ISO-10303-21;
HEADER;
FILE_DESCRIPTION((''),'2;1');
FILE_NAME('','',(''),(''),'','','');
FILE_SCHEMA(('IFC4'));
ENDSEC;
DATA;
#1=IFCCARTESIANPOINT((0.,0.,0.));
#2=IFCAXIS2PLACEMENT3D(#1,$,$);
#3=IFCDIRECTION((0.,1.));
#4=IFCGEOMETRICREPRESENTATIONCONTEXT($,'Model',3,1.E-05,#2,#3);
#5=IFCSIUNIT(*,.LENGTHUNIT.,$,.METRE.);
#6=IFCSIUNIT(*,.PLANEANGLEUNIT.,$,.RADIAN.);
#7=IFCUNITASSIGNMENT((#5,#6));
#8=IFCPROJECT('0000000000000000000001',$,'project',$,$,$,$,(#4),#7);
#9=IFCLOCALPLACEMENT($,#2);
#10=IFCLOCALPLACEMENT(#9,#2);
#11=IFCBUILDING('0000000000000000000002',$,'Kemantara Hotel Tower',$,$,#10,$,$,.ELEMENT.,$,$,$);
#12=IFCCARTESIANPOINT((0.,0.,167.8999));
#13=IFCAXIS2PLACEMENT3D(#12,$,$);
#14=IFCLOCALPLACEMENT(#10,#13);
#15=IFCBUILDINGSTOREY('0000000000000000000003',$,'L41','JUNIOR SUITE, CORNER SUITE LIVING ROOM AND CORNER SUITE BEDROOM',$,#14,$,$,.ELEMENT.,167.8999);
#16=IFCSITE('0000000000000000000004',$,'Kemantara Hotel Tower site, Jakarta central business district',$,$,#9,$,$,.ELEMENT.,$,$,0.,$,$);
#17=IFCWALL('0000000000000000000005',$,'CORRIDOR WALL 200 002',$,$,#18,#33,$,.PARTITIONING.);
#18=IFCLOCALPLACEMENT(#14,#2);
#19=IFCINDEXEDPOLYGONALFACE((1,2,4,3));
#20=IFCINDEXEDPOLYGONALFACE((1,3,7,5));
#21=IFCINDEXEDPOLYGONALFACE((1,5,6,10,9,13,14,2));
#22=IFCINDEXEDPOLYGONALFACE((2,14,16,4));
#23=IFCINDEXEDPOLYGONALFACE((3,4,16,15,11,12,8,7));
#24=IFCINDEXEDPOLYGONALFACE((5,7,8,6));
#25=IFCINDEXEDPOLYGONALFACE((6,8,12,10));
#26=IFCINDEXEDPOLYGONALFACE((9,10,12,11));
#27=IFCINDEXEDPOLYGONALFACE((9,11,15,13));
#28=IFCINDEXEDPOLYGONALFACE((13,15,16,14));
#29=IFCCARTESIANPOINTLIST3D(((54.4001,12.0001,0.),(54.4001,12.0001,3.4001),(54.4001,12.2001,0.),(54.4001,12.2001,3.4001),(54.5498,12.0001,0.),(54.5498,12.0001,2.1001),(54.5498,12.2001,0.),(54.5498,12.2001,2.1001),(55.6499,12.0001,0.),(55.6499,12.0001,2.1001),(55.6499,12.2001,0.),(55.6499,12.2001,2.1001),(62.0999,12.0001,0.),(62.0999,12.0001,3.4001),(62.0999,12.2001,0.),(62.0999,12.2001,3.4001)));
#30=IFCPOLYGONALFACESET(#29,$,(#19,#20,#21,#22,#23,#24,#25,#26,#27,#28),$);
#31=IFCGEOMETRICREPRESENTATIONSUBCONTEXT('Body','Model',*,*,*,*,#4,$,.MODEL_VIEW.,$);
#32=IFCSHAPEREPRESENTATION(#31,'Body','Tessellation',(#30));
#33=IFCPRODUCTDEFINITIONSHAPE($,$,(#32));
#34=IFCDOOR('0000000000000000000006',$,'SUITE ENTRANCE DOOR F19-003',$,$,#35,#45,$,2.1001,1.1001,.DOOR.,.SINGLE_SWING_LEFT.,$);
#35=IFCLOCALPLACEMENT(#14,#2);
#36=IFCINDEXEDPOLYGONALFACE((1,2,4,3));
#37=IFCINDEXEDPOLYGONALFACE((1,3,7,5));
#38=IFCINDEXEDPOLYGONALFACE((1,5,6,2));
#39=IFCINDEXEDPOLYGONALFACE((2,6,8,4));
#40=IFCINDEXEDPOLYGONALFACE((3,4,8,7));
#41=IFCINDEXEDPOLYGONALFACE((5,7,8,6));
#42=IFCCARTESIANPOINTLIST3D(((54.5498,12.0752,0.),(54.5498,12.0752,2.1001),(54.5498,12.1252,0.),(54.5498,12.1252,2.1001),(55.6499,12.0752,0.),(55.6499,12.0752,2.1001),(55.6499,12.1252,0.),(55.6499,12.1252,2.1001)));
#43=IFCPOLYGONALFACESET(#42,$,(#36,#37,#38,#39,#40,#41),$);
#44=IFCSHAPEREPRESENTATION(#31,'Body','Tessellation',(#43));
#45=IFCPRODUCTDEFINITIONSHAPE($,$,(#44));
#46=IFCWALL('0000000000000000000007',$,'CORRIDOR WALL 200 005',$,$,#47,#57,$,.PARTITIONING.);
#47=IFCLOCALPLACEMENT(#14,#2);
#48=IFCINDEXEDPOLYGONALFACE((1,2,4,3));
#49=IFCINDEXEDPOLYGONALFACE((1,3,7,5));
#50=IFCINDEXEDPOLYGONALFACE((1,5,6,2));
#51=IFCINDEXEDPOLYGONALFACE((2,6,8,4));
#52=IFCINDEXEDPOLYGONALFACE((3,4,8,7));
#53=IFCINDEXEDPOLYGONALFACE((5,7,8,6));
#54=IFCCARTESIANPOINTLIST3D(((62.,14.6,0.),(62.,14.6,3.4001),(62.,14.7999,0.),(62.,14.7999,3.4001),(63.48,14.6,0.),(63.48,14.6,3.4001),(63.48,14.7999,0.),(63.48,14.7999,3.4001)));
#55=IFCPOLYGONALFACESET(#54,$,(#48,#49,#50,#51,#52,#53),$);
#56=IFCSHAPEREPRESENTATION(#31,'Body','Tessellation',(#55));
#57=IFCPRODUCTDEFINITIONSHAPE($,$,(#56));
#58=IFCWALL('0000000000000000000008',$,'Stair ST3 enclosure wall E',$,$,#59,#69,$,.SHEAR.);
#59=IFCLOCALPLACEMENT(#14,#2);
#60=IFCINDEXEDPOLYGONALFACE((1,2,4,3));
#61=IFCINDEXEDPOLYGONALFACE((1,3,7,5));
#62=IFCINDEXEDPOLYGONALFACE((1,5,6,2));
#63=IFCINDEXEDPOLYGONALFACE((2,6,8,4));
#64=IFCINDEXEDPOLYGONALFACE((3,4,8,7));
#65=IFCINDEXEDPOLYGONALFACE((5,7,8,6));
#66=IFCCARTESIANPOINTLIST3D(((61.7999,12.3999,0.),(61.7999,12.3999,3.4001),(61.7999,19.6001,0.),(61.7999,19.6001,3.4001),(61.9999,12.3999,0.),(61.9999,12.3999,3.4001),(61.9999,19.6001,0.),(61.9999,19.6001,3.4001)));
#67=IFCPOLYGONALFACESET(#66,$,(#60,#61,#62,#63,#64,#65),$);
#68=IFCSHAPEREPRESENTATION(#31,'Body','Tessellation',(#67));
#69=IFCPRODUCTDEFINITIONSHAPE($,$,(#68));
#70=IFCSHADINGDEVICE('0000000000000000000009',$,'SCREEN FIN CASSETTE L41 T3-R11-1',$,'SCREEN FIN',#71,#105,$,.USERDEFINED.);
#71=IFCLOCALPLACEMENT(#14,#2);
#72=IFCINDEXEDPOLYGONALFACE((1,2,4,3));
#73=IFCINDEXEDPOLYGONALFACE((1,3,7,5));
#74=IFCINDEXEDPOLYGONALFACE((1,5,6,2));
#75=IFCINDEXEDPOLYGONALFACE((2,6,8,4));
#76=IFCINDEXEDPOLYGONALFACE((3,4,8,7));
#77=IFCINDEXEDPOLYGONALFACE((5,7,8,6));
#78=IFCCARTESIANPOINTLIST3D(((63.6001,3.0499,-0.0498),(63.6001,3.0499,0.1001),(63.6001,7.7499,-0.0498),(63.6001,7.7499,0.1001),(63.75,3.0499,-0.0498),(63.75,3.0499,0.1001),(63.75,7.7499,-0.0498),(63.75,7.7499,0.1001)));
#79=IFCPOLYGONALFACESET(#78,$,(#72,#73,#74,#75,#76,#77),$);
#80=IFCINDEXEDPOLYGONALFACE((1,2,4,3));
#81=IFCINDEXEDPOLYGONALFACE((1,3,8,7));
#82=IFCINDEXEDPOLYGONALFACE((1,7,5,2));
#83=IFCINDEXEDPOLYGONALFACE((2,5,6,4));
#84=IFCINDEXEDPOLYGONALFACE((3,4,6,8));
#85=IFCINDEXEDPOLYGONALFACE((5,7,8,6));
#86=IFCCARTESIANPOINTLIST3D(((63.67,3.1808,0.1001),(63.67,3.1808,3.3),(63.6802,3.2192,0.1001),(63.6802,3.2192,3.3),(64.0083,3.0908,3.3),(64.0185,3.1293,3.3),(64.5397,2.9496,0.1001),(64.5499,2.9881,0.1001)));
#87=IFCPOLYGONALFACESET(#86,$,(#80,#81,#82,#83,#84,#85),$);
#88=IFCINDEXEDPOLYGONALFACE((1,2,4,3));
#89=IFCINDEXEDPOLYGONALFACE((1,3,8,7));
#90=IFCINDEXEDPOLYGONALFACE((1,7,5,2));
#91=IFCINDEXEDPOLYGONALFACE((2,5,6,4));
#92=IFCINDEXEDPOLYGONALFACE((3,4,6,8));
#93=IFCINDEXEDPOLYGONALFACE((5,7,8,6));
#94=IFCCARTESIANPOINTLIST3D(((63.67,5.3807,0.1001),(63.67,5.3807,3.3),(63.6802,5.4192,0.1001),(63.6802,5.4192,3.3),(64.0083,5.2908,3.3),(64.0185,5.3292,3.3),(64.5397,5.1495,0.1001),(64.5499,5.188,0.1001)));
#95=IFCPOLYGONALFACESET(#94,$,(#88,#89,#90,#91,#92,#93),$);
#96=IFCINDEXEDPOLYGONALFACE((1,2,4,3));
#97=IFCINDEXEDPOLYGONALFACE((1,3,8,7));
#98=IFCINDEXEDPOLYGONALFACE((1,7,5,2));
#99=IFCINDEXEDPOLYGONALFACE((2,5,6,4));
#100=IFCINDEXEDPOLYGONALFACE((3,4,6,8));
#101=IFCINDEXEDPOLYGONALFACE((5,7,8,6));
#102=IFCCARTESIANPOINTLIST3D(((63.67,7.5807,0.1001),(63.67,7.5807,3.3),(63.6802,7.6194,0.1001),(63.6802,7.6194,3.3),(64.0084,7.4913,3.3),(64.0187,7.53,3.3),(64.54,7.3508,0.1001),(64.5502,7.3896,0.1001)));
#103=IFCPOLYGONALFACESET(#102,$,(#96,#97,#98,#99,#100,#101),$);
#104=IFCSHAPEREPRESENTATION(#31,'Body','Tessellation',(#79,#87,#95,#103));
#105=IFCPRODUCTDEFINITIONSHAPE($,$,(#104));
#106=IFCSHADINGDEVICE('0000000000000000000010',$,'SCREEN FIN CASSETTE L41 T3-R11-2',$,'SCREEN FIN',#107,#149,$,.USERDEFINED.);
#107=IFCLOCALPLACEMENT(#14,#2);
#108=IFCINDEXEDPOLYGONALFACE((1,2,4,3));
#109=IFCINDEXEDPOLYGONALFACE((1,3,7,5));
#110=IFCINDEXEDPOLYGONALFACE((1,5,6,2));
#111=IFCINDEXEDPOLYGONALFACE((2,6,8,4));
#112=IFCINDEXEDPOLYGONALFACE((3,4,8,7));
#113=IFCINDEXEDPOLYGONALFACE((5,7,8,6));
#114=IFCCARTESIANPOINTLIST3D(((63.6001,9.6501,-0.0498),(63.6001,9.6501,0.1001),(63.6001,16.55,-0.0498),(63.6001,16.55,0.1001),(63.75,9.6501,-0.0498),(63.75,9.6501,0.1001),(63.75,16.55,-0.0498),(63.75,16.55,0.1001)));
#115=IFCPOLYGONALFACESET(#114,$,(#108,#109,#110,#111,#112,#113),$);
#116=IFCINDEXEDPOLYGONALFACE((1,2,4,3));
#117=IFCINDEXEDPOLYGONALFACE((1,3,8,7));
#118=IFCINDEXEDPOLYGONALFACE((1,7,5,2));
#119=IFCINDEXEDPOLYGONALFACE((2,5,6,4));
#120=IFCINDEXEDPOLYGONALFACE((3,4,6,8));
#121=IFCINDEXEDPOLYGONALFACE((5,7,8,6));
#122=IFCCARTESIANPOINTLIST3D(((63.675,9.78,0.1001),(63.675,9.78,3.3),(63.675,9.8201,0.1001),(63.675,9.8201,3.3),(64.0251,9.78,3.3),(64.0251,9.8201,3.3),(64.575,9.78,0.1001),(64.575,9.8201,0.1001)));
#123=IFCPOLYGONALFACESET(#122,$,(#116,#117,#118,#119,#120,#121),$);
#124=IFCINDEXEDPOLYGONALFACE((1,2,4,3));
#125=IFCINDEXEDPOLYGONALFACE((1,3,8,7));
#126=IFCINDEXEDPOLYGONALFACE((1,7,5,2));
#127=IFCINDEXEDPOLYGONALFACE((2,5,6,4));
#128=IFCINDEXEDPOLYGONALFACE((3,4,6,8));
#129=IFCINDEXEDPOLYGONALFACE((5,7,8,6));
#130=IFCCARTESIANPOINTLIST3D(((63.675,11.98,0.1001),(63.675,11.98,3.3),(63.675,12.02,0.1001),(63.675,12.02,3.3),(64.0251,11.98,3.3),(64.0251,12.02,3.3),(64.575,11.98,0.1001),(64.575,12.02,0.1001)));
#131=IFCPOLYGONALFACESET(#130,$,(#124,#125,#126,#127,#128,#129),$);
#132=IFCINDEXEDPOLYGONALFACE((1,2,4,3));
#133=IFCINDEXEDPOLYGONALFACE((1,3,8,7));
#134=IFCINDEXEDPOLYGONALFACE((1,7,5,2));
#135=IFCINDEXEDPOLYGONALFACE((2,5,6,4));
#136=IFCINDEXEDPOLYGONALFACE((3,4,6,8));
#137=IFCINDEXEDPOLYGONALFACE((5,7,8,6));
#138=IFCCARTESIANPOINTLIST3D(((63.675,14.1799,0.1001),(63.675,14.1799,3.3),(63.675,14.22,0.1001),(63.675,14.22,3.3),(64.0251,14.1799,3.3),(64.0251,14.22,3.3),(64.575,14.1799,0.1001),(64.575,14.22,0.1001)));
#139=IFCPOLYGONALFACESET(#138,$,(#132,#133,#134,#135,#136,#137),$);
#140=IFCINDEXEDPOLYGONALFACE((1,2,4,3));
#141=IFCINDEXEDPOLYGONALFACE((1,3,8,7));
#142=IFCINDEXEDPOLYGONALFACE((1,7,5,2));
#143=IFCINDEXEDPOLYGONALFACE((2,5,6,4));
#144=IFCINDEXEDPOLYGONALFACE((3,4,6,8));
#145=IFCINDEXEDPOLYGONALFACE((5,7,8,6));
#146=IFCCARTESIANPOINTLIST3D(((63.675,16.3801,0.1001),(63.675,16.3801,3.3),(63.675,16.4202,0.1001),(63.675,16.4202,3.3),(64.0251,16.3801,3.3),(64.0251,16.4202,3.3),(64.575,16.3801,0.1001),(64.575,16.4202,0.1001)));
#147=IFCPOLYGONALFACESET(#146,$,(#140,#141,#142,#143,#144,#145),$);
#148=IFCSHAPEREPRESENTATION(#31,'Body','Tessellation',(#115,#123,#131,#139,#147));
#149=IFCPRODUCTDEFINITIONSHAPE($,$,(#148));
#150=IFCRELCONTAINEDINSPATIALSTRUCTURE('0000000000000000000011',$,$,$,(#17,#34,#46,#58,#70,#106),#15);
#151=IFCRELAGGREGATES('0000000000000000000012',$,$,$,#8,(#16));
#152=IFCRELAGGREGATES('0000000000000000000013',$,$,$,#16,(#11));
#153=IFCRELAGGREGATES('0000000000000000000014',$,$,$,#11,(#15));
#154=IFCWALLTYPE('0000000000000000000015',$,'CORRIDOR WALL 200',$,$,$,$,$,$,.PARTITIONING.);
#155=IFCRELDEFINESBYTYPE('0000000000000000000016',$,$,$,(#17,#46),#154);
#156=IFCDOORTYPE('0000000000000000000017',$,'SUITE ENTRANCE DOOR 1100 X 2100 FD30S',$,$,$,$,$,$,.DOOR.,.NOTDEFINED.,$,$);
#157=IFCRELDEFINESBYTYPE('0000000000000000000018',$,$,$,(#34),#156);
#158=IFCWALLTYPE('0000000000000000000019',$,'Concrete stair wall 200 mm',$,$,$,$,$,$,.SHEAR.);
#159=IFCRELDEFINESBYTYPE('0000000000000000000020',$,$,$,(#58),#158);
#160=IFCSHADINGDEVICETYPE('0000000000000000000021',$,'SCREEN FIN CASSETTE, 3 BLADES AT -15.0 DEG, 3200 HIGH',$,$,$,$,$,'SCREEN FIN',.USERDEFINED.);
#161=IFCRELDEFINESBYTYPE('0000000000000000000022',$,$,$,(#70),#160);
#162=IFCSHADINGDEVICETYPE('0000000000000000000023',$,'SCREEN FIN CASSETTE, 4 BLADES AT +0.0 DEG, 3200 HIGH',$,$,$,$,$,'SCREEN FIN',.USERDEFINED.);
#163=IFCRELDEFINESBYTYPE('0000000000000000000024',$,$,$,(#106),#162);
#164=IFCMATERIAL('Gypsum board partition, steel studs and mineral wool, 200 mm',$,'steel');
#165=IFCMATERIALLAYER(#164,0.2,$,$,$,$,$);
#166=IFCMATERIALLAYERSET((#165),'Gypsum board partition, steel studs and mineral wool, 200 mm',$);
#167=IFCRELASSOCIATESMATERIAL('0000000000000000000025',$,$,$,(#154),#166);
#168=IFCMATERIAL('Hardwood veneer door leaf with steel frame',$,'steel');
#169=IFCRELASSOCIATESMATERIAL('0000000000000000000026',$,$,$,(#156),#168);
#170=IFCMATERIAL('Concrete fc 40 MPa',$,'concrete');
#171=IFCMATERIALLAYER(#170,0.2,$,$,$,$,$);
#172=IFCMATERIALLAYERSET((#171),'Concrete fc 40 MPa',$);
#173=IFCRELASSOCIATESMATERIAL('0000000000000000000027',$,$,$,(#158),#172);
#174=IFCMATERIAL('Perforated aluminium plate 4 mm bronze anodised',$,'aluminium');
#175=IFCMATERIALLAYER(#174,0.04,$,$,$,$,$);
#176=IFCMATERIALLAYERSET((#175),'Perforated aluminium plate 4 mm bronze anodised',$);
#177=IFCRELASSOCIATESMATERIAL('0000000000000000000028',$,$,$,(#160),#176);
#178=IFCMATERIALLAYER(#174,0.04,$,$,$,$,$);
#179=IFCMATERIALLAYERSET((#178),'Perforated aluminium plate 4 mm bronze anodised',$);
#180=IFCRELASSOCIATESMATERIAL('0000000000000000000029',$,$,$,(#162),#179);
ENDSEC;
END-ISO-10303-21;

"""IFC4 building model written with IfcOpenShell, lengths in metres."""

from ifc_helpers import new_model, si_unit, direction, frame, frame_2d, origin, origin_2d, place, context, subcontext, project, spatial, polyline, rectangle, outline, extrude, source, transform, mapped, material, layer, layer_set, type_object, element, fill, save


model = new_model("IFC4")

# Units and contexts
model_context = context("Model", 3, precision=1e-05, world=origin(), true_north=direction((0.0, 1.0)))
body_context = subcontext(model_context, "Body", "Model", "MODEL_VIEW")
ifc_project = project(units=[si_unit("LENGTHUNIT", "METRE"), si_unit("PLANEANGLEUNIT", "RADIAN")], contexts=[model_context])

# Site, building, storey
site_placement = place(None, origin())
site = spatial("IfcSite", under=ifc_project, at=site_placement, Name="Kemantara Hotel Tower site, Jakarta central business district", CompositionType="ELEMENT", RefElevation=0.0)
building_placement = place(site_placement, origin())
building = spatial("IfcBuilding", under=site, at=building_placement, Name="Kemantara Hotel Tower", CompositionType="ELEMENT")
storey_placement = place(building_placement, frame((0.0, 0.0, 167.8999)))
storey = spatial("IfcBuildingStorey", under=building, at=storey_placement, Name="L41", Description="JUNIOR SUITE, CORNER SUITE LIVING ROOM AND CORNER SUITE BEDROOM", CompositionType="ELEMENT", Elevation=167.8999)

# Wall, opening, door
ifc_material_1 = material(Name="Gypsum board partition, steel studs and mineral wool, 200 mm", Category="steel")
ifc_layer_1 = layer(ifc_material_1, 0.2)
ifc_layer_set_1 = layer_set([ifc_layer_1], Name="Gypsum board partition, steel studs and mineral wool, 200 mm")
wall_type_1 = type_object("IfcWallType", Name="CORRIDOR WALL 200", PredefinedType="PARTITIONING", material=ifc_layer_set_1)
wall_1_placement = place(storey_placement, frame((62.0999, 12.1001, 0.0), z_axis=(0.0, 0.0, 1.0), x_axis=(-1.0, 0.0, 0.0)))
wall_1 = element("IfcWall", 1, at=wall_1_placement, inside=storey, type_object=wall_type_1, Name="CORRIDOR WALL 200 002", PredefinedType="PARTITIONING", context=body_context, shape_type="SweptSolid", body=[
    extrude(rectangle(XDim=7.6997, YDim=0.2, at=frame_2d((3.8499, 0.0))), origin(), (0.0, 0.0, 1.0), 3.4001),
])
opening_placement = place(wall_1_placement, frame((6.45, 0.0, 0.0)))
opening = element("IfcOpeningElement", 2, at=opening_placement, cuts=wall_1, PredefinedType="OPENING", context=body_context, shape_type="SweptSolid", body=[
    extrude(rectangle(XDim=1.1001, YDim=2.1001, at=frame_2d((0.55, 1.05))), frame((0.0, 0.1099, 0.0), z_axis=(0.0, -1.0, 0.0), x_axis=(1.0, 0.0, 0.0)), (0.0, 0.0, 1.0), 0.22),
])
ifc_material_2 = material(Name="Hardwood veneer door leaf with steel frame", Category="steel")
door_type = type_object("IfcDoorType", Name="SUITE ENTRANCE DOOR 1100 X 2100 FD30S", OperationType="NOTDEFINED", PredefinedType="DOOR", material=ifc_material_2)
door_placement = place(opening_placement, origin())
door = element("IfcDoor", 3, at=door_placement, inside=storey, type_object=door_type, Name="SUITE ENTRANCE DOOR F19-003", OperationType="SINGLE_SWING_LEFT", OverallHeight=2.1001, OverallWidth=1.1001, PredefinedType="DOOR", context=body_context, shape_type="SweptSolid", body=[
    extrude(rectangle(XDim=1.1001, YDim=2.1001, at=frame_2d((0.55, 1.05))), frame((0.0, 0.0249, 0.0), z_axis=(0.0, -1.0, 0.0), x_axis=(1.0, 0.0, 0.0)), (0.0, 0.0, 1.0), 0.05),
])
fill(opening, door)

# Walls
wall_2_placement = place(storey_placement, frame((62.0, 14.7, 0.0), z_axis=(0.0, 0.0, 1.0), x_axis=(1.0, 0.0, 0.0)))
element("IfcWall", 4, at=wall_2_placement, inside=storey, type_object=wall_type_1, Name="CORRIDOR WALL 200 005", PredefinedType="PARTITIONING", context=body_context, shape_type="SweptSolid", body=[
    extrude(rectangle(XDim=1.48, YDim=0.2, at=frame_2d((0.74, 0.0))), origin(), (0.0, 0.0, 1.0), 3.4001),
])
ifc_material_3 = material(Name="Concrete fc 40 MPa", Category="concrete")
ifc_layer_2 = layer(ifc_material_3, 0.2)
ifc_layer_set_2 = layer_set([ifc_layer_2], Name="Concrete fc 40 MPa")
wall_type_2 = type_object("IfcWallType", Name="Concrete stair wall 200 mm", PredefinedType="SHEAR", material=ifc_layer_set_2)
wall_3_placement = place(storey_placement, frame((61.8999, 12.3999, 0.0), z_axis=(0.0, 0.0, 1.0), x_axis=(0.0, 1.0, 0.0)))
element("IfcWall", 5, at=wall_3_placement, inside=storey, type_object=wall_type_2, Name="Stair ST3 enclosure wall E", PredefinedType="SHEAR", context=body_context, shape_type="SweptSolid", body=[
    extrude(rectangle(XDim=7.2002, YDim=0.2, at=frame_2d((3.6001, 0.0))), origin(), (0.0, 0.0, 1.0), 3.4001),
])

# Shading devices
ifc_material_4 = material(Name="Perforated aluminium plate 4 mm bronze anodised", Category="aluminium")
ifc_layer_3 = layer(ifc_material_4, 0.04)
ifc_layer_set_3 = layer_set([ifc_layer_3], Name="Perforated aluminium plate 4 mm bronze anodised")
shading_device_type_1 = type_object("IfcShadingDeviceType", Name="SCREEN FIN CASSETTE, 3 BLADES AT -15.0 DEG, 3200 HIGH", ElementType="SCREEN FIN", PredefinedType="USERDEFINED", material=ifc_layer_set_3)
shared_shape_1 = source(origin(), body_context, "Body", "SweptSolid", [
    extrude(rectangle(XDim=4.7, YDim=0.1499, at=origin_2d()), frame((2.2, -0.075, -0.1499), z_axis=(0.0, 0.0, 1.0), x_axis=(1.0, 0.0, 0.0)), (0.0, 0.0, 1.0), 0.1499),
    extrude(outline(polyline([(0.0, 0.0), (0.8999, 0.0), (0.3501, 3.2), (0.0, 3.2), (0.0, 0.0)])), frame((0.0193, -0.0801, 0.0), z_axis=(-0.966438, 0.256901, 0.0), x_axis=(-0.256901, -0.966438, 0.0)), (0.0, 0.0, 1.0), 0.0398),
    extrude(outline(polyline([(0.0, 0.0), (0.8999, 0.0), (0.3501, 3.2), (0.0, 3.2), (0.0, 0.0)])), frame((2.2192, -0.0801, 0.0), z_axis=(-0.966438, 0.256901, 0.0), x_axis=(-0.256901, -0.966438, 0.0)), (0.0, 0.0, 1.0), 0.0398),
    extrude(outline(polyline([(0.0, 0.0), (0.8999, 0.0), (0.3501, 3.2), (0.0, 3.2), (0.0, 0.0)])), frame((4.4194, -0.0801, 0.0), z_axis=(-0.966838, 0.255391, 0.0), x_axis=(-0.255391, -0.966838, 0.0)), (0.0, 0.0, 1.0), 0.04),
])
shading_device_1_placement = place(storey_placement, frame((63.6001, 3.2, 0.1001), z_axis=(0.0, 0.0, 1.0), x_axis=(0.0, 1.0, 0.0)))
element("IfcShadingDevice", 6, at=shading_device_1_placement, inside=storey, type_object=shading_device_type_1, Name="SCREEN FIN CASSETTE L41 T3-R11-1", ObjectType="SCREEN FIN", PredefinedType="USERDEFINED", context=body_context, shape_type="MappedRepresentation", body=[
    mapped(shared_shape_1, transform((0.0, 0.0, 0.0))),
])
ifc_layer_4 = layer(ifc_material_4, 0.04)
ifc_layer_set_4 = layer_set([ifc_layer_4], Name="Perforated aluminium plate 4 mm bronze anodised")
shading_device_type_2 = type_object("IfcShadingDeviceType", Name="SCREEN FIN CASSETTE, 4 BLADES AT +0.0 DEG, 3200 HIGH", ElementType="SCREEN FIN", PredefinedType="USERDEFINED", material=ifc_layer_set_4)
shared_shape_2 = source(origin(), body_context, "Body", "SweptSolid", [
    extrude(rectangle(XDim=6.8999, YDim=0.1499, at=origin_2d()), frame((3.3, -0.075, -0.1499), z_axis=(0.0, 0.0, 1.0), x_axis=(1.0, 0.0, 0.0)), (0.0, 0.0, 1.0), 0.1499),
    extrude(outline(polyline([(0.0, 0.0), (0.8999, 0.0), (0.3501, 3.2), (0.0, 3.2), (0.0, 0.0)])), frame((0.02, -0.075, 0.0), z_axis=(-1.0, 0.0, 0.0), x_axis=(0.0, -1.0, 0.0)), (0.0, 0.0, 1.0), 0.04),
    extrude(outline(polyline([(0.0, 0.0), (0.8999, 0.0), (0.3501, 3.2), (0.0, 3.2), (0.0, 0.0)])), frame((2.22, -0.075, 0.0), z_axis=(-1.0, 0.0, 0.0), x_axis=(0.0, -1.0, 0.0)), (0.0, 0.0, 1.0), 0.04),
    extrude(outline(polyline([(0.0, 0.0), (0.8999, 0.0), (0.3501, 3.2), (0.0, 3.2), (0.0, 0.0)])), frame((4.4199, -0.075, 0.0), z_axis=(-1.0, 0.0, 0.0), x_axis=(0.0, -1.0, 0.0)), (0.0, 0.0, 1.0), 0.04),
    extrude(outline(polyline([(0.0, 0.0), (0.8999, 0.0), (0.3501, 3.2), (0.0, 3.2), (0.0, 0.0)])), frame((6.6201, -0.075, 0.0), z_axis=(-1.0, 0.0, 0.0), x_axis=(0.0, -1.0, 0.0)), (0.0, 0.0, 1.0), 0.04),
])
shading_device_2_placement = place(storey_placement, frame((63.6001, 9.8, 0.1001), z_axis=(0.0, 0.0, 1.0), x_axis=(0.0, 1.0, 0.0)))
element("IfcShadingDevice", 7, at=shading_device_2_placement, inside=storey, type_object=shading_device_type_2, Name="SCREEN FIN CASSETTE L41 T3-R11-2", ObjectType="SCREEN FIN", PredefinedType="USERDEFINED", context=body_context, shape_type="MappedRepresentation", body=[
    mapped(shared_shape_2, transform((0.0, 0.0, 0.0))),
])

save(model, "model.ifc")
